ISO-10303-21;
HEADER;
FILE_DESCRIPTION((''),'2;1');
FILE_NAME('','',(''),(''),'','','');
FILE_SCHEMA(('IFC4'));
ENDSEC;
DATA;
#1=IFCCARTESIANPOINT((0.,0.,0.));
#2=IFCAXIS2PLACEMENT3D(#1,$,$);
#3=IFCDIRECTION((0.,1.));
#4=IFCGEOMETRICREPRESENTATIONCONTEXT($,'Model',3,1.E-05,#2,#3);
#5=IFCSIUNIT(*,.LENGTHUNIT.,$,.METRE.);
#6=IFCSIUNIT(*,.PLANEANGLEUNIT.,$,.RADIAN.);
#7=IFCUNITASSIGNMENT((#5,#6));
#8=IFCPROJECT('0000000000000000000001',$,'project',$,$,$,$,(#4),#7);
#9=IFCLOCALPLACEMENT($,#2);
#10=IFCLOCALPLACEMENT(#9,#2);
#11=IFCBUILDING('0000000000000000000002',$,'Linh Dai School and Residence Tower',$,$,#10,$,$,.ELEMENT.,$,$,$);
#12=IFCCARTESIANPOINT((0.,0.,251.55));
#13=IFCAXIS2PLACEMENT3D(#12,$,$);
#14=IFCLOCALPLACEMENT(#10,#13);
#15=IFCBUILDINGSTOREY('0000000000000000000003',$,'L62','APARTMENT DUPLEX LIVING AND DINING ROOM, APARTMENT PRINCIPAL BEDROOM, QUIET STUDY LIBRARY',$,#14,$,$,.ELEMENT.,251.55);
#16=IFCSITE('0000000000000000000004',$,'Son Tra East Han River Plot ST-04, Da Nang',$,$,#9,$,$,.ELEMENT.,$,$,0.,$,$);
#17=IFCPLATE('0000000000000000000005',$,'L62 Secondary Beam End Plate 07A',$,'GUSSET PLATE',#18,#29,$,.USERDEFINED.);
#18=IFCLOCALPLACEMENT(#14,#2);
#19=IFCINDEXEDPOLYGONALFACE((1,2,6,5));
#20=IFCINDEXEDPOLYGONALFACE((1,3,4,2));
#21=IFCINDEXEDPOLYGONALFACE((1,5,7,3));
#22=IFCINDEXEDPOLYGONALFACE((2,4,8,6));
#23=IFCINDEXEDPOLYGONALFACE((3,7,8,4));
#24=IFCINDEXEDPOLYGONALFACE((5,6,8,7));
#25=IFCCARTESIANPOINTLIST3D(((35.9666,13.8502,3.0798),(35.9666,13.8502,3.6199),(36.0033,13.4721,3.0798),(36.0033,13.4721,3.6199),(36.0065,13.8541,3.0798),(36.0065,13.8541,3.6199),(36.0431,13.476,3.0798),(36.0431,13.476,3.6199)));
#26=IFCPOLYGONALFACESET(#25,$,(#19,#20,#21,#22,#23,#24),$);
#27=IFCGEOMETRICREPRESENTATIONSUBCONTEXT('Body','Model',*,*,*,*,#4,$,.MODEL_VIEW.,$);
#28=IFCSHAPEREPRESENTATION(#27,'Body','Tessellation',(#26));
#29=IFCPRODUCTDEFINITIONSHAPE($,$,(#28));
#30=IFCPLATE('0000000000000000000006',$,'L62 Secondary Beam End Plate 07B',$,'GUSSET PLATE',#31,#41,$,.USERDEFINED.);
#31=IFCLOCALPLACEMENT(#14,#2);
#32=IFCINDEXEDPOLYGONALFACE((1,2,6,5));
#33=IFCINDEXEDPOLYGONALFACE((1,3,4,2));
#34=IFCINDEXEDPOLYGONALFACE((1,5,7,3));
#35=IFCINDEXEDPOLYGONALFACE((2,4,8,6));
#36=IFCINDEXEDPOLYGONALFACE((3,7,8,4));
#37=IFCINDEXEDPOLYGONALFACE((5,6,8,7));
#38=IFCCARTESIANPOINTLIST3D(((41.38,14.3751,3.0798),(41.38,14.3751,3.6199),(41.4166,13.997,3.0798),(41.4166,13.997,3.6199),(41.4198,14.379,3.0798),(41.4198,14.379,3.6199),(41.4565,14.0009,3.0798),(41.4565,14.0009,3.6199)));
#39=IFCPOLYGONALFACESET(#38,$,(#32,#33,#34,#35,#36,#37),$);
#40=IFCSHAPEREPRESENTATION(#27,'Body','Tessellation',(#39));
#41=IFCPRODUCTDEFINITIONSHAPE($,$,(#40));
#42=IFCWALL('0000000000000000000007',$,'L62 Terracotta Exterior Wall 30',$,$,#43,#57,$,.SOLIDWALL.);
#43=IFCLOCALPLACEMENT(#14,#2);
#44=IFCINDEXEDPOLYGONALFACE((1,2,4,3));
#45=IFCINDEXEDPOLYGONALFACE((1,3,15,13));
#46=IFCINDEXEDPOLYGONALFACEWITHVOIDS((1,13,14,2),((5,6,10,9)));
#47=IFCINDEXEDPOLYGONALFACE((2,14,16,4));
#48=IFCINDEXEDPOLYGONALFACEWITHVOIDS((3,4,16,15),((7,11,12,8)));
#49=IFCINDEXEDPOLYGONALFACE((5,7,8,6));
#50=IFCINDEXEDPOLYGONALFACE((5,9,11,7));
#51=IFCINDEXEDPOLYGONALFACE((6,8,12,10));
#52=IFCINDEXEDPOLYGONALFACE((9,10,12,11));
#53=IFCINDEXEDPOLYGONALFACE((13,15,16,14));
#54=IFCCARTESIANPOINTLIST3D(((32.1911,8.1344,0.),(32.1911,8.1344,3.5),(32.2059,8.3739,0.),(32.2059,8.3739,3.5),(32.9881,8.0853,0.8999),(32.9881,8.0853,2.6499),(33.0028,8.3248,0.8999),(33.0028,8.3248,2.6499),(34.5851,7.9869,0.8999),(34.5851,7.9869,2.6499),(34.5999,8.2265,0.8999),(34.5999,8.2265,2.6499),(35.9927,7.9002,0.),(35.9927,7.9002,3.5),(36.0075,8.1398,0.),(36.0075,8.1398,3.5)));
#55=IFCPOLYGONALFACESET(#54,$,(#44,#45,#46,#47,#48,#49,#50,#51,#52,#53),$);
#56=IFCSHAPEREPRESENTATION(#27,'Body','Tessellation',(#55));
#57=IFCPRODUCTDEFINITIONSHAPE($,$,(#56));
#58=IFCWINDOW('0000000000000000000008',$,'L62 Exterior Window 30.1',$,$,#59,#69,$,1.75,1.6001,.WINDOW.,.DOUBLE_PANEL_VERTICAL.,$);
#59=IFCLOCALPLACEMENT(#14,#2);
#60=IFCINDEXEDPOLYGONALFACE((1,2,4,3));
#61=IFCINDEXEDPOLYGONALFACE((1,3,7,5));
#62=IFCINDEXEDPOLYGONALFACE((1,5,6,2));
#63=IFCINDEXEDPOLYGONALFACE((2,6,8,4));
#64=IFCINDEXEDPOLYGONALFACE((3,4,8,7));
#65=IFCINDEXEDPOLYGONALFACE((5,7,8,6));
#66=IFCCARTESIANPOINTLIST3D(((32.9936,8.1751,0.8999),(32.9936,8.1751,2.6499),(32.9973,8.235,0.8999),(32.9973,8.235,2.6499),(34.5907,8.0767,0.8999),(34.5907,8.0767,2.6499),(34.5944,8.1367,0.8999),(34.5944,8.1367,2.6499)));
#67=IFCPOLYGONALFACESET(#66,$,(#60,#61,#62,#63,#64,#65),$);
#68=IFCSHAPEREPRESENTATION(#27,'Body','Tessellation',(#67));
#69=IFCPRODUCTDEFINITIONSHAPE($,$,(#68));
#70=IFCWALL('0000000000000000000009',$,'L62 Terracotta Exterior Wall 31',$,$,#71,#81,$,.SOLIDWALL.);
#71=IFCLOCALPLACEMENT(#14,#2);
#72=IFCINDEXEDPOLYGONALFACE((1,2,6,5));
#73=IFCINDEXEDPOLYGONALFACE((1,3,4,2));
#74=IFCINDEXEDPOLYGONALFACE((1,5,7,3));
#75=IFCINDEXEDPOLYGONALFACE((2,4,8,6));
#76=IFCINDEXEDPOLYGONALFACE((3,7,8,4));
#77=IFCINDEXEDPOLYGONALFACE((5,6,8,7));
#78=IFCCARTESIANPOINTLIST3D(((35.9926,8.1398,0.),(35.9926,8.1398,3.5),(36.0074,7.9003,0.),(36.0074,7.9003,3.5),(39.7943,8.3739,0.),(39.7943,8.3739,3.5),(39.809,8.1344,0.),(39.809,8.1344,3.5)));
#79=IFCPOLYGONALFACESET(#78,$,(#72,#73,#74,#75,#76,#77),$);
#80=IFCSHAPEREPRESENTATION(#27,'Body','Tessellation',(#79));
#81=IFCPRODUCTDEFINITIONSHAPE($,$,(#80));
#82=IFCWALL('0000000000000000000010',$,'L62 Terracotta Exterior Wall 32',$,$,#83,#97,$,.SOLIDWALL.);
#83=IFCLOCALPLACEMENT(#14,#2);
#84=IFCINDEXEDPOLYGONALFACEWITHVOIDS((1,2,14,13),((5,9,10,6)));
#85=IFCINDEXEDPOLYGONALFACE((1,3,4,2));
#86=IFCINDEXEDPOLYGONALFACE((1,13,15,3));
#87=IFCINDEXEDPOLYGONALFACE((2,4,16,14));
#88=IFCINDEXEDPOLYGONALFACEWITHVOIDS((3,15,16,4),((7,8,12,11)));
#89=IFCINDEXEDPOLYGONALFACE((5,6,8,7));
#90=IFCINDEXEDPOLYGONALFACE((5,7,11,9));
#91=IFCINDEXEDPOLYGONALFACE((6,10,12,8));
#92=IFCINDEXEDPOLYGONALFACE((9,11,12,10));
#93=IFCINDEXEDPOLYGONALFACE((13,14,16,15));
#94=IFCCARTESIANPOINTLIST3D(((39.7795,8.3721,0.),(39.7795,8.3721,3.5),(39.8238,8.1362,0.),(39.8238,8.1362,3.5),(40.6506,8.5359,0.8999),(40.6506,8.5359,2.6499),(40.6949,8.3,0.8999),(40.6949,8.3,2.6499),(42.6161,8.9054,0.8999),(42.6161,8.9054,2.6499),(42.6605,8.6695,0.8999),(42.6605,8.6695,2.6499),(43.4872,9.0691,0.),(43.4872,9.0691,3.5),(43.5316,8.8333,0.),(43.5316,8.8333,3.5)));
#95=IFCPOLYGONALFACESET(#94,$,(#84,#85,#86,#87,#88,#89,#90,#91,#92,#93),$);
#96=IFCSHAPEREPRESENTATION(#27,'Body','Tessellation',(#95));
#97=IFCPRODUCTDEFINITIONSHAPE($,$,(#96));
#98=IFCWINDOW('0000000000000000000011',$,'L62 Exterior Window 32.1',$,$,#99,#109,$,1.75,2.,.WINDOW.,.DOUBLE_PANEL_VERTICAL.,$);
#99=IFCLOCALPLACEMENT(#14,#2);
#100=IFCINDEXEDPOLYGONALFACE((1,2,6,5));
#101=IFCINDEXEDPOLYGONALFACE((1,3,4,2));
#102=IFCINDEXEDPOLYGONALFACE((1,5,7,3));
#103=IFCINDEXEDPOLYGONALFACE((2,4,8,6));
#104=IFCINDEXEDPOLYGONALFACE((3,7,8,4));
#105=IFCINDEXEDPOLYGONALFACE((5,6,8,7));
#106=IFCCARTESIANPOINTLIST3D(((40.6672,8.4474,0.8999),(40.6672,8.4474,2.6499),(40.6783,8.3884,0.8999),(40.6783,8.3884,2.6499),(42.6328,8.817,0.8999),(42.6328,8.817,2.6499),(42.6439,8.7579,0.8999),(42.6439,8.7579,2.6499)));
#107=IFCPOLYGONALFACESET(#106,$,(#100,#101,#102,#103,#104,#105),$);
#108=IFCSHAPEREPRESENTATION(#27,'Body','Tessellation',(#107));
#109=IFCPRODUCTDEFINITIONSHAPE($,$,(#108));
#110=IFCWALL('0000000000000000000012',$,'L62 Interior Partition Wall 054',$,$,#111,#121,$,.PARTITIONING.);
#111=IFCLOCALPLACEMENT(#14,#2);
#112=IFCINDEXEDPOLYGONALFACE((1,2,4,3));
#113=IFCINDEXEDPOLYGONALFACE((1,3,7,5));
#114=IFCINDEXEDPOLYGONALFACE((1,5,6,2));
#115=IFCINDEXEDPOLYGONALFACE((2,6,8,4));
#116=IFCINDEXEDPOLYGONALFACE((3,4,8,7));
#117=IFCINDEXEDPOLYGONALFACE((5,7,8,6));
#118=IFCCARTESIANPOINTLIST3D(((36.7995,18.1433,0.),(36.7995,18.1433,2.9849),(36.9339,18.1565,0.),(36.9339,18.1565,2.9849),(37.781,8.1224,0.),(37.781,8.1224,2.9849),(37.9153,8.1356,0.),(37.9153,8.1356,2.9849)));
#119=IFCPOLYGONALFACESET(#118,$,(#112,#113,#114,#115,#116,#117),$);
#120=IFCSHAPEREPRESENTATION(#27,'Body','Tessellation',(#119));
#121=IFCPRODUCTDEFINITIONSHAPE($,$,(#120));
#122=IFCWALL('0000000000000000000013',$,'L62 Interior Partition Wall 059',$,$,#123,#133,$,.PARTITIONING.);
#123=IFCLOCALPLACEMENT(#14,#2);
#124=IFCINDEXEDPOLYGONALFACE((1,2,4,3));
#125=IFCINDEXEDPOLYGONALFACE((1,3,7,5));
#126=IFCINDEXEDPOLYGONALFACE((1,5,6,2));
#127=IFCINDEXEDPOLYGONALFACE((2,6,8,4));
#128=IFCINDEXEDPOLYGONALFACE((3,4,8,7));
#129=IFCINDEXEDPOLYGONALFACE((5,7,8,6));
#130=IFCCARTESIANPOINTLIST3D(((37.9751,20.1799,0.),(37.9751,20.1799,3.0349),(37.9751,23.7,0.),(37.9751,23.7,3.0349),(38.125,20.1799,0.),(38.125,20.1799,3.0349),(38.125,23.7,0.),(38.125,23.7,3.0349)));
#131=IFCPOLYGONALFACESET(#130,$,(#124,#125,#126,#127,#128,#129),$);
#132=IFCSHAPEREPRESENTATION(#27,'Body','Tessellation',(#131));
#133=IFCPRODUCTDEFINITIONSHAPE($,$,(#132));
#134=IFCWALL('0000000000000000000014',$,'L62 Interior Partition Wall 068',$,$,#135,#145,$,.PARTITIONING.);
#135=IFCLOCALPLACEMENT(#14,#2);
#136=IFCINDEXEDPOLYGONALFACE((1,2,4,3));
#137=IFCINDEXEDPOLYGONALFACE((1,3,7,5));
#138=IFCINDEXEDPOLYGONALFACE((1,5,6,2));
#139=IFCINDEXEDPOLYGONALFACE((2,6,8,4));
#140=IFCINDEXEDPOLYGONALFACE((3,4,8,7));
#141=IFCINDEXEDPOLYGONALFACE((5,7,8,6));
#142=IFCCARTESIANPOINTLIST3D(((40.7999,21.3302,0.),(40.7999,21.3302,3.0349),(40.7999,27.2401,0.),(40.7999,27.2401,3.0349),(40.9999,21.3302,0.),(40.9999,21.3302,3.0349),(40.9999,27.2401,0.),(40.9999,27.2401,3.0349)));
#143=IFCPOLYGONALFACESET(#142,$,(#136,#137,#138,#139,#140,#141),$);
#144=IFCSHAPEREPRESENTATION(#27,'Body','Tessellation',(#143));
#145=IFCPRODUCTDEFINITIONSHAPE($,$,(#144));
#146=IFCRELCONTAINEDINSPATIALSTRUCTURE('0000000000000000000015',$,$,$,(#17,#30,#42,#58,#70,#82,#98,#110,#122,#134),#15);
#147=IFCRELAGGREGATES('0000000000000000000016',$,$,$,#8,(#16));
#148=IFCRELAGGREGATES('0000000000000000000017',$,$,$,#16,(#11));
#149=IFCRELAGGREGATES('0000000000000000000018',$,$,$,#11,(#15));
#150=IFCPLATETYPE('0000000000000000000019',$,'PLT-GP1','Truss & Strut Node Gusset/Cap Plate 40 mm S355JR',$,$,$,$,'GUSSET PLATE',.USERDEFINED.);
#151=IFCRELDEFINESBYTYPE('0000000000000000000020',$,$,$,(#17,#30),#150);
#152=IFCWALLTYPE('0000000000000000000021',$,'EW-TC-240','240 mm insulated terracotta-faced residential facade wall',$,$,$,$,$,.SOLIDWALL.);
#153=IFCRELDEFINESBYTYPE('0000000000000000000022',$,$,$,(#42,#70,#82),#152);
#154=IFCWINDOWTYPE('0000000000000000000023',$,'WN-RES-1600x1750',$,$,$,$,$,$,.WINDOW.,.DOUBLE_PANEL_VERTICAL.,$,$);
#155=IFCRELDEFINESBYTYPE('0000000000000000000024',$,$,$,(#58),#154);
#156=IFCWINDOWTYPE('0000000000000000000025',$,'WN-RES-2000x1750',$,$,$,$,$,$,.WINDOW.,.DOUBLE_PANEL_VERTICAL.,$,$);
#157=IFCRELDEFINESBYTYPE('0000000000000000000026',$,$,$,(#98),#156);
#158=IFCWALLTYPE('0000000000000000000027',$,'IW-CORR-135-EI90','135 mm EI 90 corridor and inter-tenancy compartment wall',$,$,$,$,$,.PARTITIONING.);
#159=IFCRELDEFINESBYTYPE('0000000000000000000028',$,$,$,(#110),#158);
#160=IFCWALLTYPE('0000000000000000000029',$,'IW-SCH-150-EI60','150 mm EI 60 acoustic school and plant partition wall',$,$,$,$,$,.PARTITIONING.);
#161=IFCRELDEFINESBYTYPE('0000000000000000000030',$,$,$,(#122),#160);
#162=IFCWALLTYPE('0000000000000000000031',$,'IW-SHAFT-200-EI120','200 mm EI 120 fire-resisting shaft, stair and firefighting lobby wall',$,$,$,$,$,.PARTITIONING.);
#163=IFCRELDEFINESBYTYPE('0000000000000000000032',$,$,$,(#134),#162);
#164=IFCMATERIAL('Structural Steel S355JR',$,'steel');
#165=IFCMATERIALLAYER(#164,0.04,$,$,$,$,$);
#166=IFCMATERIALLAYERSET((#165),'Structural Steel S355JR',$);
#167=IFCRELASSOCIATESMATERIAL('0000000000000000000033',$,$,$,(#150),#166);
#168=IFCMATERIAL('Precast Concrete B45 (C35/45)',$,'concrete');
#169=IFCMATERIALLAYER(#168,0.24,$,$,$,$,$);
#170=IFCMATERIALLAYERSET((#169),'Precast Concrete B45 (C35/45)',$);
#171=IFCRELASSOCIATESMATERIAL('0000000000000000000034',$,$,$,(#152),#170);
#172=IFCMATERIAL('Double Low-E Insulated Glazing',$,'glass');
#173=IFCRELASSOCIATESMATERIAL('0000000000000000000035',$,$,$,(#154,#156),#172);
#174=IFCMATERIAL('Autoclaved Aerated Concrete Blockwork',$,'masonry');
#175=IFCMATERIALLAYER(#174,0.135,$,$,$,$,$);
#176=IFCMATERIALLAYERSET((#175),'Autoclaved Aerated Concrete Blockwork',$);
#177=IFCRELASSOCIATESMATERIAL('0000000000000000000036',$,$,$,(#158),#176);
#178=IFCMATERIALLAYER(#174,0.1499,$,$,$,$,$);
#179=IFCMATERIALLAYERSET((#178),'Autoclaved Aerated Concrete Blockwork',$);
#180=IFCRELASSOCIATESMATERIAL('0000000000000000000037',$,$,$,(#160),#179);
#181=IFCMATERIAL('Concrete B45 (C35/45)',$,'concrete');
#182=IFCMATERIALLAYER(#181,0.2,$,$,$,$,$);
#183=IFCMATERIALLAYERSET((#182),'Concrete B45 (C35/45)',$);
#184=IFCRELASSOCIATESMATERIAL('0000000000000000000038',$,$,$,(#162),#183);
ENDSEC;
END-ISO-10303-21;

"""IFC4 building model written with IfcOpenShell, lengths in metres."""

from ifc_helpers import new_model, si_unit, direction, frame, frame_2d, origin, origin_2d, place, context, subcontext, project, spatial, rectangle, extrude, source, transform, mapped, material, layer, layer_set, type_object, element, fill, save


model = new_model("IFC4")

# Units and contexts
model_context = context("Model", 3, precision=1e-05, world=origin(), true_north=direction((0.0, 1.0)))
body_context = subcontext(model_context, "Body", "Model", "MODEL_VIEW")
ifc_project = project(units=[si_unit("LENGTHUNIT", "METRE"), si_unit("PLANEANGLEUNIT", "RADIAN")], contexts=[model_context])

# Site, building, storey
site_placement = place(None, origin())
site = spatial("IfcSite", under=ifc_project, at=site_placement, Name="Son Tra East Han River Plot ST-04, Da Nang", CompositionType="ELEMENT", RefElevation=0.0)
building_placement = place(site_placement, origin())
building = spatial("IfcBuilding", under=site, at=building_placement, Name="Linh Dai School and Residence Tower", CompositionType="ELEMENT")
storey_placement = place(building_placement, frame((0.0, 0.0, 251.55)))
storey = spatial("IfcBuildingStorey", under=building, at=storey_placement, Name="L62", Description="APARTMENT DUPLEX LIVING AND DINING ROOM, APARTMENT PRINCIPAL BEDROOM, QUIET STUDY LIBRARY", CompositionType="ELEMENT", Elevation=251.55)

# Shared definitions
ifc_material_1 = material(Name="Structural Steel S355JR", Category="steel")

# Plates
ifc_layer_1 = layer(ifc_material_1, 0.04)
ifc_layer_set_1 = layer_set([ifc_layer_1], Name="Structural Steel S355JR")
plate_type = type_object("IfcPlateType", Name="PLT-GP1", Description="Truss & Strut Node Gusset/Cap Plate 40 mm S355JR", ElementType="GUSSET PLATE", PredefinedType="USERDEFINED", material=ifc_layer_set_1)
shared_shape_1 = source(origin(), body_context, "Body", "SweptSolid", [
    extrude(rectangle(XDim=0.04, YDim=0.3799, at=origin_2d()), origin(), (0.0, 0.0, 1.0), 0.54),
])
for number, where, z_axis, x_axis, name in (
    (1, (36.0049, 13.6631, 3.0798), (0.0, 0.0, 1.0), (0.995333, 0.096497, 0.0), "L62 Secondary Beam End Plate 07A"),
    (2, (41.4182, 14.188, 3.0798), (0.0, 0.0, 1.0), (0.995333, 0.096497, 0.0), "L62 Secondary Beam End Plate 07B"),
):
    element("IfcPlate", number, at=place(storey_placement, frame(where, z_axis=z_axis, x_axis=x_axis)), inside=storey, type_object=plate_type, Name=name, ObjectType="GUSSET PLATE", PredefinedType="USERDEFINED", context=body_context, shape_type="MappedRepresentation", body=[
        mapped(shared_shape_1, transform((0.0, 0.0, 0.0), x_axis=(1.0, 0.0, 0.0), y_axis=(0.0, 1.0, 0.0), z_axis=(0.0, 0.0, 1.0), scale=1.0)),
    ])

# Wall, opening, window
ifc_material_2 = material(Name="Precast Concrete B45 (C35/45)", Category="concrete")
ifc_layer_2 = layer(ifc_material_2, 0.24)
ifc_layer_set_2 = layer_set([ifc_layer_2], Name="Precast Concrete B45 (C35/45)")
wall_type_1 = type_object("IfcWallType", Name="EW-TC-240", Description="240 mm insulated terracotta-faced residential facade wall", PredefinedType="SOLIDWALL", material=ifc_layer_set_2)
wall_1_placement = place(storey_placement, frame((36.0, 8.02, 0.0), z_axis=(0.0, 0.0, 1.0), x_axis=(-0.998109, 0.061472, 0.0)))
wall_1 = element("IfcWall", 3, at=wall_1_placement, inside=storey, type_object=wall_type_1, Name="L62 Terracotta Exterior Wall 30", PredefinedType="SOLIDWALL", context=body_context, shape_type="SweptSolid", body=[
    extrude(rectangle(XDim=3.8088, YDim=0.24, at=frame_2d((1.9043, 0.0))), origin(), (0.0, 0.0, 1.0), 3.5),
])
opening_1_placement = place(wall_1_placement, frame((1.4102, 0.0, 0.8999)))
opening_1 = element("IfcOpeningElement", 4, at=opening_1_placement, cuts=wall_1, PredefinedType="OPENING", context=body_context, shape_type="SweptSolid", body=[
    extrude(rectangle(XDim=1.6001, YDim=1.75, at=origin_2d()), frame((0.8, 0.1299, 0.875), z_axis=(0.0, -1.0, 0.0), x_axis=(1.0, 0.0, 0.0)), (0.0, 0.0, 1.0), 0.26),
])
ifc_material_3 = material(Name="Double Low-E Insulated Glazing", Category="glass")
window_type_1 = type_object("IfcWindowType", Name="WN-RES-1600x1750", PartitioningType="DOUBLE_PANEL_VERTICAL", PredefinedType="WINDOW", material=ifc_material_3)
shared_shape_2 = source(origin(), body_context, "Body", "SweptSolid", [
    extrude(rectangle(XDim=1.6001, YDim=1.75, at=origin_2d()), frame((0.8, 0.03, 0.875), z_axis=(0.0, -1.0, 0.0), x_axis=(1.0, 0.0, 0.0)), (0.0, 0.0, 1.0), 0.0601),
])
window_1_placement = place(opening_1_placement, origin())
window_1 = element("IfcWindow", 5, at=window_1_placement, inside=storey, type_object=window_type_1, Name="L62 Exterior Window 30.1", OverallHeight=1.75, OverallWidth=1.6001, PartitioningType="DOUBLE_PANEL_VERTICAL", PredefinedType="WINDOW", context=body_context, shape_type="MappedRepresentation", body=[
    mapped(shared_shape_2, transform((0.0, 0.0, 0.0), x_axis=(1.0, 0.0, 0.0), y_axis=(0.0, 1.0, 0.0), z_axis=(0.0, 0.0, 1.0), scale=1.0)),
])
fill(opening_1, window_1)

# Wall
wall_2_placement = place(storey_placement, frame((39.8015, 8.2542, 0.0), z_axis=(0.0, 0.0, 1.0), x_axis=(-0.998109, -0.061472, 0.0)))
element("IfcWall", 6, at=wall_2_placement, inside=storey, type_object=wall_type_1, Name="L62 Terracotta Exterior Wall 31", PredefinedType="SOLIDWALL", context=body_context, shape_type="SweptSolid", body=[
    extrude(rectangle(XDim=3.8088, YDim=0.24, at=frame_2d((1.9043, 0.0))), origin(), (0.0, 0.0, 1.0), 3.5),
])

# Wall, opening, window
wall_3_placement = place(storey_placement, frame((43.5093, 8.9512, 0.0), z_axis=(0.0, 0.0, 1.0), x_axis=(-0.982785, -0.184753, 0.0)))
wall_3 = element("IfcWall", 7, at=wall_3_placement, inside=storey, type_object=wall_type_1, Name="L62 Terracotta Exterior Wall 32", PredefinedType="SOLIDWALL", context=body_context, shape_type="SweptSolid", body=[
    extrude(rectangle(XDim=3.7727, YDim=0.24, at=frame_2d((1.8862, 0.0))), origin(), (0.0, 0.0, 1.0), 3.5),
])
opening_2_placement = place(wall_3_placement, frame((0.8862, 0.0, 0.8999)))
opening_2 = element("IfcOpeningElement", 8, at=opening_2_placement, cuts=wall_3, PredefinedType="OPENING", context=body_context, shape_type="SweptSolid", body=[
    extrude(rectangle(XDim=2.0, YDim=1.75, at=origin_2d()), frame((1.0, 0.1299, 0.875), z_axis=(0.0, -1.0, 0.0), x_axis=(1.0, 0.0, 0.0)), (0.0, 0.0, 1.0), 0.26),
])
window_type_2 = type_object("IfcWindowType", Name="WN-RES-2000x1750", PartitioningType="DOUBLE_PANEL_VERTICAL", PredefinedType="WINDOW", material=ifc_material_3)
shared_shape_3 = source(origin(), body_context, "Body", "SweptSolid", [
    extrude(rectangle(XDim=2.0, YDim=1.75, at=origin_2d()), frame((1.0, 0.03, 0.875), z_axis=(0.0, -1.0, 0.0), x_axis=(1.0, 0.0, 0.0)), (0.0, 0.0, 1.0), 0.0601),
])
window_2_placement = place(opening_2_placement, origin())
window_2 = element("IfcWindow", 9, at=window_2_placement, inside=storey, type_object=window_type_2, Name="L62 Exterior Window 32.1", OverallHeight=1.75, OverallWidth=2.0, PartitioningType="DOUBLE_PANEL_VERTICAL", PredefinedType="WINDOW", context=body_context, shape_type="MappedRepresentation", body=[
    mapped(shared_shape_3, transform((0.0, 0.0, 0.0), x_axis=(1.0, 0.0, 0.0), y_axis=(0.0, 1.0, 0.0), z_axis=(0.0, 0.0, 1.0), scale=1.0)),
])
fill(opening_2, window_2)

# Walls
ifc_material_4 = material(Name="Autoclaved Aerated Concrete Blockwork", Category="masonry")
ifc_layer_3 = layer(ifc_material_4, 0.135)
ifc_layer_set_3 = layer_set([ifc_layer_3], Name="Autoclaved Aerated Concrete Blockwork")
wall_type_2 = type_object("IfcWallType", Name="IW-CORR-135-EI90", Description="135 mm EI 90 corridor and inter-tenancy compartment wall", PredefinedType="PARTITIONING", material=ifc_layer_set_3)
wall_4_placement = place(storey_placement, frame((36.8667, 18.1499, 0.0), z_axis=(0.0, 0.0, 1.0), x_axis=(0.097473, -0.995238, 0.0)))
element("IfcWall", 10, at=wall_4_placement, inside=storey, type_object=wall_type_2, Name="L62 Interior Partition Wall 054", PredefinedType="PARTITIONING", context=body_context, shape_type="SweptSolid", body=[
    extrude(rectangle(XDim=10.0688, YDim=0.135, at=frame_2d((5.0344, 0.0))), origin(), (0.0, 0.0, 1.0), 2.9849),
])
ifc_layer_4 = layer(ifc_material_4, 0.1499)
ifc_layer_set_4 = layer_set([ifc_layer_4], Name="Autoclaved Aerated Concrete Blockwork")
wall_type_3 = type_object("IfcWallType", Name="IW-SCH-150-EI60", Description="150 mm EI 60 acoustic school and plant partition wall", PredefinedType="PARTITIONING", material=ifc_layer_set_4)
wall_5_placement = place(storey_placement, frame((38.05, 20.1799, 0.0), z_axis=(0.0, 0.0, 1.0), x_axis=(0.0, 1.0, 0.0)))
element("IfcWall", 11, at=wall_5_placement, inside=storey, type_object=wall_type_3, Name="L62 Interior Partition Wall 059", PredefinedType="PARTITIONING", context=body_context, shape_type="SweptSolid", body=[
    extrude(rectangle(XDim=3.52, YDim=0.1499, at=frame_2d((1.76, 0.0))), origin(), (0.0, 0.0, 1.0), 3.0349),
])
ifc_material_5 = material(Name="Concrete B45 (C35/45)", Category="concrete")
ifc_layer_5 = layer(ifc_material_5, 0.2)
ifc_layer_set_5 = layer_set([ifc_layer_5], Name="Concrete B45 (C35/45)")
wall_type_4 = type_object("IfcWallType", Name="IW-SHAFT-200-EI120", Description="200 mm EI 120 fire-resisting shaft, stair and firefighting lobby wall", PredefinedType="PARTITIONING", material=ifc_layer_set_5)
wall_6_placement = place(storey_placement, frame((40.8999, 21.3301, 0.0), z_axis=(0.0, 0.0, 1.0), x_axis=(0.0, 1.0, 0.0)))
element("IfcWall", 12, at=wall_6_placement, inside=storey, type_object=wall_type_4, Name="L62 Interior Partition Wall 068", PredefinedType="PARTITIONING", context=body_context, shape_type="SweptSolid", body=[
    extrude(rectangle(XDim=5.9099, YDim=0.2, at=frame_2d((2.9551, 0.0))), origin(), (0.0, 0.0, 1.0), 3.0349),
])

save(model, "model.ifc")
